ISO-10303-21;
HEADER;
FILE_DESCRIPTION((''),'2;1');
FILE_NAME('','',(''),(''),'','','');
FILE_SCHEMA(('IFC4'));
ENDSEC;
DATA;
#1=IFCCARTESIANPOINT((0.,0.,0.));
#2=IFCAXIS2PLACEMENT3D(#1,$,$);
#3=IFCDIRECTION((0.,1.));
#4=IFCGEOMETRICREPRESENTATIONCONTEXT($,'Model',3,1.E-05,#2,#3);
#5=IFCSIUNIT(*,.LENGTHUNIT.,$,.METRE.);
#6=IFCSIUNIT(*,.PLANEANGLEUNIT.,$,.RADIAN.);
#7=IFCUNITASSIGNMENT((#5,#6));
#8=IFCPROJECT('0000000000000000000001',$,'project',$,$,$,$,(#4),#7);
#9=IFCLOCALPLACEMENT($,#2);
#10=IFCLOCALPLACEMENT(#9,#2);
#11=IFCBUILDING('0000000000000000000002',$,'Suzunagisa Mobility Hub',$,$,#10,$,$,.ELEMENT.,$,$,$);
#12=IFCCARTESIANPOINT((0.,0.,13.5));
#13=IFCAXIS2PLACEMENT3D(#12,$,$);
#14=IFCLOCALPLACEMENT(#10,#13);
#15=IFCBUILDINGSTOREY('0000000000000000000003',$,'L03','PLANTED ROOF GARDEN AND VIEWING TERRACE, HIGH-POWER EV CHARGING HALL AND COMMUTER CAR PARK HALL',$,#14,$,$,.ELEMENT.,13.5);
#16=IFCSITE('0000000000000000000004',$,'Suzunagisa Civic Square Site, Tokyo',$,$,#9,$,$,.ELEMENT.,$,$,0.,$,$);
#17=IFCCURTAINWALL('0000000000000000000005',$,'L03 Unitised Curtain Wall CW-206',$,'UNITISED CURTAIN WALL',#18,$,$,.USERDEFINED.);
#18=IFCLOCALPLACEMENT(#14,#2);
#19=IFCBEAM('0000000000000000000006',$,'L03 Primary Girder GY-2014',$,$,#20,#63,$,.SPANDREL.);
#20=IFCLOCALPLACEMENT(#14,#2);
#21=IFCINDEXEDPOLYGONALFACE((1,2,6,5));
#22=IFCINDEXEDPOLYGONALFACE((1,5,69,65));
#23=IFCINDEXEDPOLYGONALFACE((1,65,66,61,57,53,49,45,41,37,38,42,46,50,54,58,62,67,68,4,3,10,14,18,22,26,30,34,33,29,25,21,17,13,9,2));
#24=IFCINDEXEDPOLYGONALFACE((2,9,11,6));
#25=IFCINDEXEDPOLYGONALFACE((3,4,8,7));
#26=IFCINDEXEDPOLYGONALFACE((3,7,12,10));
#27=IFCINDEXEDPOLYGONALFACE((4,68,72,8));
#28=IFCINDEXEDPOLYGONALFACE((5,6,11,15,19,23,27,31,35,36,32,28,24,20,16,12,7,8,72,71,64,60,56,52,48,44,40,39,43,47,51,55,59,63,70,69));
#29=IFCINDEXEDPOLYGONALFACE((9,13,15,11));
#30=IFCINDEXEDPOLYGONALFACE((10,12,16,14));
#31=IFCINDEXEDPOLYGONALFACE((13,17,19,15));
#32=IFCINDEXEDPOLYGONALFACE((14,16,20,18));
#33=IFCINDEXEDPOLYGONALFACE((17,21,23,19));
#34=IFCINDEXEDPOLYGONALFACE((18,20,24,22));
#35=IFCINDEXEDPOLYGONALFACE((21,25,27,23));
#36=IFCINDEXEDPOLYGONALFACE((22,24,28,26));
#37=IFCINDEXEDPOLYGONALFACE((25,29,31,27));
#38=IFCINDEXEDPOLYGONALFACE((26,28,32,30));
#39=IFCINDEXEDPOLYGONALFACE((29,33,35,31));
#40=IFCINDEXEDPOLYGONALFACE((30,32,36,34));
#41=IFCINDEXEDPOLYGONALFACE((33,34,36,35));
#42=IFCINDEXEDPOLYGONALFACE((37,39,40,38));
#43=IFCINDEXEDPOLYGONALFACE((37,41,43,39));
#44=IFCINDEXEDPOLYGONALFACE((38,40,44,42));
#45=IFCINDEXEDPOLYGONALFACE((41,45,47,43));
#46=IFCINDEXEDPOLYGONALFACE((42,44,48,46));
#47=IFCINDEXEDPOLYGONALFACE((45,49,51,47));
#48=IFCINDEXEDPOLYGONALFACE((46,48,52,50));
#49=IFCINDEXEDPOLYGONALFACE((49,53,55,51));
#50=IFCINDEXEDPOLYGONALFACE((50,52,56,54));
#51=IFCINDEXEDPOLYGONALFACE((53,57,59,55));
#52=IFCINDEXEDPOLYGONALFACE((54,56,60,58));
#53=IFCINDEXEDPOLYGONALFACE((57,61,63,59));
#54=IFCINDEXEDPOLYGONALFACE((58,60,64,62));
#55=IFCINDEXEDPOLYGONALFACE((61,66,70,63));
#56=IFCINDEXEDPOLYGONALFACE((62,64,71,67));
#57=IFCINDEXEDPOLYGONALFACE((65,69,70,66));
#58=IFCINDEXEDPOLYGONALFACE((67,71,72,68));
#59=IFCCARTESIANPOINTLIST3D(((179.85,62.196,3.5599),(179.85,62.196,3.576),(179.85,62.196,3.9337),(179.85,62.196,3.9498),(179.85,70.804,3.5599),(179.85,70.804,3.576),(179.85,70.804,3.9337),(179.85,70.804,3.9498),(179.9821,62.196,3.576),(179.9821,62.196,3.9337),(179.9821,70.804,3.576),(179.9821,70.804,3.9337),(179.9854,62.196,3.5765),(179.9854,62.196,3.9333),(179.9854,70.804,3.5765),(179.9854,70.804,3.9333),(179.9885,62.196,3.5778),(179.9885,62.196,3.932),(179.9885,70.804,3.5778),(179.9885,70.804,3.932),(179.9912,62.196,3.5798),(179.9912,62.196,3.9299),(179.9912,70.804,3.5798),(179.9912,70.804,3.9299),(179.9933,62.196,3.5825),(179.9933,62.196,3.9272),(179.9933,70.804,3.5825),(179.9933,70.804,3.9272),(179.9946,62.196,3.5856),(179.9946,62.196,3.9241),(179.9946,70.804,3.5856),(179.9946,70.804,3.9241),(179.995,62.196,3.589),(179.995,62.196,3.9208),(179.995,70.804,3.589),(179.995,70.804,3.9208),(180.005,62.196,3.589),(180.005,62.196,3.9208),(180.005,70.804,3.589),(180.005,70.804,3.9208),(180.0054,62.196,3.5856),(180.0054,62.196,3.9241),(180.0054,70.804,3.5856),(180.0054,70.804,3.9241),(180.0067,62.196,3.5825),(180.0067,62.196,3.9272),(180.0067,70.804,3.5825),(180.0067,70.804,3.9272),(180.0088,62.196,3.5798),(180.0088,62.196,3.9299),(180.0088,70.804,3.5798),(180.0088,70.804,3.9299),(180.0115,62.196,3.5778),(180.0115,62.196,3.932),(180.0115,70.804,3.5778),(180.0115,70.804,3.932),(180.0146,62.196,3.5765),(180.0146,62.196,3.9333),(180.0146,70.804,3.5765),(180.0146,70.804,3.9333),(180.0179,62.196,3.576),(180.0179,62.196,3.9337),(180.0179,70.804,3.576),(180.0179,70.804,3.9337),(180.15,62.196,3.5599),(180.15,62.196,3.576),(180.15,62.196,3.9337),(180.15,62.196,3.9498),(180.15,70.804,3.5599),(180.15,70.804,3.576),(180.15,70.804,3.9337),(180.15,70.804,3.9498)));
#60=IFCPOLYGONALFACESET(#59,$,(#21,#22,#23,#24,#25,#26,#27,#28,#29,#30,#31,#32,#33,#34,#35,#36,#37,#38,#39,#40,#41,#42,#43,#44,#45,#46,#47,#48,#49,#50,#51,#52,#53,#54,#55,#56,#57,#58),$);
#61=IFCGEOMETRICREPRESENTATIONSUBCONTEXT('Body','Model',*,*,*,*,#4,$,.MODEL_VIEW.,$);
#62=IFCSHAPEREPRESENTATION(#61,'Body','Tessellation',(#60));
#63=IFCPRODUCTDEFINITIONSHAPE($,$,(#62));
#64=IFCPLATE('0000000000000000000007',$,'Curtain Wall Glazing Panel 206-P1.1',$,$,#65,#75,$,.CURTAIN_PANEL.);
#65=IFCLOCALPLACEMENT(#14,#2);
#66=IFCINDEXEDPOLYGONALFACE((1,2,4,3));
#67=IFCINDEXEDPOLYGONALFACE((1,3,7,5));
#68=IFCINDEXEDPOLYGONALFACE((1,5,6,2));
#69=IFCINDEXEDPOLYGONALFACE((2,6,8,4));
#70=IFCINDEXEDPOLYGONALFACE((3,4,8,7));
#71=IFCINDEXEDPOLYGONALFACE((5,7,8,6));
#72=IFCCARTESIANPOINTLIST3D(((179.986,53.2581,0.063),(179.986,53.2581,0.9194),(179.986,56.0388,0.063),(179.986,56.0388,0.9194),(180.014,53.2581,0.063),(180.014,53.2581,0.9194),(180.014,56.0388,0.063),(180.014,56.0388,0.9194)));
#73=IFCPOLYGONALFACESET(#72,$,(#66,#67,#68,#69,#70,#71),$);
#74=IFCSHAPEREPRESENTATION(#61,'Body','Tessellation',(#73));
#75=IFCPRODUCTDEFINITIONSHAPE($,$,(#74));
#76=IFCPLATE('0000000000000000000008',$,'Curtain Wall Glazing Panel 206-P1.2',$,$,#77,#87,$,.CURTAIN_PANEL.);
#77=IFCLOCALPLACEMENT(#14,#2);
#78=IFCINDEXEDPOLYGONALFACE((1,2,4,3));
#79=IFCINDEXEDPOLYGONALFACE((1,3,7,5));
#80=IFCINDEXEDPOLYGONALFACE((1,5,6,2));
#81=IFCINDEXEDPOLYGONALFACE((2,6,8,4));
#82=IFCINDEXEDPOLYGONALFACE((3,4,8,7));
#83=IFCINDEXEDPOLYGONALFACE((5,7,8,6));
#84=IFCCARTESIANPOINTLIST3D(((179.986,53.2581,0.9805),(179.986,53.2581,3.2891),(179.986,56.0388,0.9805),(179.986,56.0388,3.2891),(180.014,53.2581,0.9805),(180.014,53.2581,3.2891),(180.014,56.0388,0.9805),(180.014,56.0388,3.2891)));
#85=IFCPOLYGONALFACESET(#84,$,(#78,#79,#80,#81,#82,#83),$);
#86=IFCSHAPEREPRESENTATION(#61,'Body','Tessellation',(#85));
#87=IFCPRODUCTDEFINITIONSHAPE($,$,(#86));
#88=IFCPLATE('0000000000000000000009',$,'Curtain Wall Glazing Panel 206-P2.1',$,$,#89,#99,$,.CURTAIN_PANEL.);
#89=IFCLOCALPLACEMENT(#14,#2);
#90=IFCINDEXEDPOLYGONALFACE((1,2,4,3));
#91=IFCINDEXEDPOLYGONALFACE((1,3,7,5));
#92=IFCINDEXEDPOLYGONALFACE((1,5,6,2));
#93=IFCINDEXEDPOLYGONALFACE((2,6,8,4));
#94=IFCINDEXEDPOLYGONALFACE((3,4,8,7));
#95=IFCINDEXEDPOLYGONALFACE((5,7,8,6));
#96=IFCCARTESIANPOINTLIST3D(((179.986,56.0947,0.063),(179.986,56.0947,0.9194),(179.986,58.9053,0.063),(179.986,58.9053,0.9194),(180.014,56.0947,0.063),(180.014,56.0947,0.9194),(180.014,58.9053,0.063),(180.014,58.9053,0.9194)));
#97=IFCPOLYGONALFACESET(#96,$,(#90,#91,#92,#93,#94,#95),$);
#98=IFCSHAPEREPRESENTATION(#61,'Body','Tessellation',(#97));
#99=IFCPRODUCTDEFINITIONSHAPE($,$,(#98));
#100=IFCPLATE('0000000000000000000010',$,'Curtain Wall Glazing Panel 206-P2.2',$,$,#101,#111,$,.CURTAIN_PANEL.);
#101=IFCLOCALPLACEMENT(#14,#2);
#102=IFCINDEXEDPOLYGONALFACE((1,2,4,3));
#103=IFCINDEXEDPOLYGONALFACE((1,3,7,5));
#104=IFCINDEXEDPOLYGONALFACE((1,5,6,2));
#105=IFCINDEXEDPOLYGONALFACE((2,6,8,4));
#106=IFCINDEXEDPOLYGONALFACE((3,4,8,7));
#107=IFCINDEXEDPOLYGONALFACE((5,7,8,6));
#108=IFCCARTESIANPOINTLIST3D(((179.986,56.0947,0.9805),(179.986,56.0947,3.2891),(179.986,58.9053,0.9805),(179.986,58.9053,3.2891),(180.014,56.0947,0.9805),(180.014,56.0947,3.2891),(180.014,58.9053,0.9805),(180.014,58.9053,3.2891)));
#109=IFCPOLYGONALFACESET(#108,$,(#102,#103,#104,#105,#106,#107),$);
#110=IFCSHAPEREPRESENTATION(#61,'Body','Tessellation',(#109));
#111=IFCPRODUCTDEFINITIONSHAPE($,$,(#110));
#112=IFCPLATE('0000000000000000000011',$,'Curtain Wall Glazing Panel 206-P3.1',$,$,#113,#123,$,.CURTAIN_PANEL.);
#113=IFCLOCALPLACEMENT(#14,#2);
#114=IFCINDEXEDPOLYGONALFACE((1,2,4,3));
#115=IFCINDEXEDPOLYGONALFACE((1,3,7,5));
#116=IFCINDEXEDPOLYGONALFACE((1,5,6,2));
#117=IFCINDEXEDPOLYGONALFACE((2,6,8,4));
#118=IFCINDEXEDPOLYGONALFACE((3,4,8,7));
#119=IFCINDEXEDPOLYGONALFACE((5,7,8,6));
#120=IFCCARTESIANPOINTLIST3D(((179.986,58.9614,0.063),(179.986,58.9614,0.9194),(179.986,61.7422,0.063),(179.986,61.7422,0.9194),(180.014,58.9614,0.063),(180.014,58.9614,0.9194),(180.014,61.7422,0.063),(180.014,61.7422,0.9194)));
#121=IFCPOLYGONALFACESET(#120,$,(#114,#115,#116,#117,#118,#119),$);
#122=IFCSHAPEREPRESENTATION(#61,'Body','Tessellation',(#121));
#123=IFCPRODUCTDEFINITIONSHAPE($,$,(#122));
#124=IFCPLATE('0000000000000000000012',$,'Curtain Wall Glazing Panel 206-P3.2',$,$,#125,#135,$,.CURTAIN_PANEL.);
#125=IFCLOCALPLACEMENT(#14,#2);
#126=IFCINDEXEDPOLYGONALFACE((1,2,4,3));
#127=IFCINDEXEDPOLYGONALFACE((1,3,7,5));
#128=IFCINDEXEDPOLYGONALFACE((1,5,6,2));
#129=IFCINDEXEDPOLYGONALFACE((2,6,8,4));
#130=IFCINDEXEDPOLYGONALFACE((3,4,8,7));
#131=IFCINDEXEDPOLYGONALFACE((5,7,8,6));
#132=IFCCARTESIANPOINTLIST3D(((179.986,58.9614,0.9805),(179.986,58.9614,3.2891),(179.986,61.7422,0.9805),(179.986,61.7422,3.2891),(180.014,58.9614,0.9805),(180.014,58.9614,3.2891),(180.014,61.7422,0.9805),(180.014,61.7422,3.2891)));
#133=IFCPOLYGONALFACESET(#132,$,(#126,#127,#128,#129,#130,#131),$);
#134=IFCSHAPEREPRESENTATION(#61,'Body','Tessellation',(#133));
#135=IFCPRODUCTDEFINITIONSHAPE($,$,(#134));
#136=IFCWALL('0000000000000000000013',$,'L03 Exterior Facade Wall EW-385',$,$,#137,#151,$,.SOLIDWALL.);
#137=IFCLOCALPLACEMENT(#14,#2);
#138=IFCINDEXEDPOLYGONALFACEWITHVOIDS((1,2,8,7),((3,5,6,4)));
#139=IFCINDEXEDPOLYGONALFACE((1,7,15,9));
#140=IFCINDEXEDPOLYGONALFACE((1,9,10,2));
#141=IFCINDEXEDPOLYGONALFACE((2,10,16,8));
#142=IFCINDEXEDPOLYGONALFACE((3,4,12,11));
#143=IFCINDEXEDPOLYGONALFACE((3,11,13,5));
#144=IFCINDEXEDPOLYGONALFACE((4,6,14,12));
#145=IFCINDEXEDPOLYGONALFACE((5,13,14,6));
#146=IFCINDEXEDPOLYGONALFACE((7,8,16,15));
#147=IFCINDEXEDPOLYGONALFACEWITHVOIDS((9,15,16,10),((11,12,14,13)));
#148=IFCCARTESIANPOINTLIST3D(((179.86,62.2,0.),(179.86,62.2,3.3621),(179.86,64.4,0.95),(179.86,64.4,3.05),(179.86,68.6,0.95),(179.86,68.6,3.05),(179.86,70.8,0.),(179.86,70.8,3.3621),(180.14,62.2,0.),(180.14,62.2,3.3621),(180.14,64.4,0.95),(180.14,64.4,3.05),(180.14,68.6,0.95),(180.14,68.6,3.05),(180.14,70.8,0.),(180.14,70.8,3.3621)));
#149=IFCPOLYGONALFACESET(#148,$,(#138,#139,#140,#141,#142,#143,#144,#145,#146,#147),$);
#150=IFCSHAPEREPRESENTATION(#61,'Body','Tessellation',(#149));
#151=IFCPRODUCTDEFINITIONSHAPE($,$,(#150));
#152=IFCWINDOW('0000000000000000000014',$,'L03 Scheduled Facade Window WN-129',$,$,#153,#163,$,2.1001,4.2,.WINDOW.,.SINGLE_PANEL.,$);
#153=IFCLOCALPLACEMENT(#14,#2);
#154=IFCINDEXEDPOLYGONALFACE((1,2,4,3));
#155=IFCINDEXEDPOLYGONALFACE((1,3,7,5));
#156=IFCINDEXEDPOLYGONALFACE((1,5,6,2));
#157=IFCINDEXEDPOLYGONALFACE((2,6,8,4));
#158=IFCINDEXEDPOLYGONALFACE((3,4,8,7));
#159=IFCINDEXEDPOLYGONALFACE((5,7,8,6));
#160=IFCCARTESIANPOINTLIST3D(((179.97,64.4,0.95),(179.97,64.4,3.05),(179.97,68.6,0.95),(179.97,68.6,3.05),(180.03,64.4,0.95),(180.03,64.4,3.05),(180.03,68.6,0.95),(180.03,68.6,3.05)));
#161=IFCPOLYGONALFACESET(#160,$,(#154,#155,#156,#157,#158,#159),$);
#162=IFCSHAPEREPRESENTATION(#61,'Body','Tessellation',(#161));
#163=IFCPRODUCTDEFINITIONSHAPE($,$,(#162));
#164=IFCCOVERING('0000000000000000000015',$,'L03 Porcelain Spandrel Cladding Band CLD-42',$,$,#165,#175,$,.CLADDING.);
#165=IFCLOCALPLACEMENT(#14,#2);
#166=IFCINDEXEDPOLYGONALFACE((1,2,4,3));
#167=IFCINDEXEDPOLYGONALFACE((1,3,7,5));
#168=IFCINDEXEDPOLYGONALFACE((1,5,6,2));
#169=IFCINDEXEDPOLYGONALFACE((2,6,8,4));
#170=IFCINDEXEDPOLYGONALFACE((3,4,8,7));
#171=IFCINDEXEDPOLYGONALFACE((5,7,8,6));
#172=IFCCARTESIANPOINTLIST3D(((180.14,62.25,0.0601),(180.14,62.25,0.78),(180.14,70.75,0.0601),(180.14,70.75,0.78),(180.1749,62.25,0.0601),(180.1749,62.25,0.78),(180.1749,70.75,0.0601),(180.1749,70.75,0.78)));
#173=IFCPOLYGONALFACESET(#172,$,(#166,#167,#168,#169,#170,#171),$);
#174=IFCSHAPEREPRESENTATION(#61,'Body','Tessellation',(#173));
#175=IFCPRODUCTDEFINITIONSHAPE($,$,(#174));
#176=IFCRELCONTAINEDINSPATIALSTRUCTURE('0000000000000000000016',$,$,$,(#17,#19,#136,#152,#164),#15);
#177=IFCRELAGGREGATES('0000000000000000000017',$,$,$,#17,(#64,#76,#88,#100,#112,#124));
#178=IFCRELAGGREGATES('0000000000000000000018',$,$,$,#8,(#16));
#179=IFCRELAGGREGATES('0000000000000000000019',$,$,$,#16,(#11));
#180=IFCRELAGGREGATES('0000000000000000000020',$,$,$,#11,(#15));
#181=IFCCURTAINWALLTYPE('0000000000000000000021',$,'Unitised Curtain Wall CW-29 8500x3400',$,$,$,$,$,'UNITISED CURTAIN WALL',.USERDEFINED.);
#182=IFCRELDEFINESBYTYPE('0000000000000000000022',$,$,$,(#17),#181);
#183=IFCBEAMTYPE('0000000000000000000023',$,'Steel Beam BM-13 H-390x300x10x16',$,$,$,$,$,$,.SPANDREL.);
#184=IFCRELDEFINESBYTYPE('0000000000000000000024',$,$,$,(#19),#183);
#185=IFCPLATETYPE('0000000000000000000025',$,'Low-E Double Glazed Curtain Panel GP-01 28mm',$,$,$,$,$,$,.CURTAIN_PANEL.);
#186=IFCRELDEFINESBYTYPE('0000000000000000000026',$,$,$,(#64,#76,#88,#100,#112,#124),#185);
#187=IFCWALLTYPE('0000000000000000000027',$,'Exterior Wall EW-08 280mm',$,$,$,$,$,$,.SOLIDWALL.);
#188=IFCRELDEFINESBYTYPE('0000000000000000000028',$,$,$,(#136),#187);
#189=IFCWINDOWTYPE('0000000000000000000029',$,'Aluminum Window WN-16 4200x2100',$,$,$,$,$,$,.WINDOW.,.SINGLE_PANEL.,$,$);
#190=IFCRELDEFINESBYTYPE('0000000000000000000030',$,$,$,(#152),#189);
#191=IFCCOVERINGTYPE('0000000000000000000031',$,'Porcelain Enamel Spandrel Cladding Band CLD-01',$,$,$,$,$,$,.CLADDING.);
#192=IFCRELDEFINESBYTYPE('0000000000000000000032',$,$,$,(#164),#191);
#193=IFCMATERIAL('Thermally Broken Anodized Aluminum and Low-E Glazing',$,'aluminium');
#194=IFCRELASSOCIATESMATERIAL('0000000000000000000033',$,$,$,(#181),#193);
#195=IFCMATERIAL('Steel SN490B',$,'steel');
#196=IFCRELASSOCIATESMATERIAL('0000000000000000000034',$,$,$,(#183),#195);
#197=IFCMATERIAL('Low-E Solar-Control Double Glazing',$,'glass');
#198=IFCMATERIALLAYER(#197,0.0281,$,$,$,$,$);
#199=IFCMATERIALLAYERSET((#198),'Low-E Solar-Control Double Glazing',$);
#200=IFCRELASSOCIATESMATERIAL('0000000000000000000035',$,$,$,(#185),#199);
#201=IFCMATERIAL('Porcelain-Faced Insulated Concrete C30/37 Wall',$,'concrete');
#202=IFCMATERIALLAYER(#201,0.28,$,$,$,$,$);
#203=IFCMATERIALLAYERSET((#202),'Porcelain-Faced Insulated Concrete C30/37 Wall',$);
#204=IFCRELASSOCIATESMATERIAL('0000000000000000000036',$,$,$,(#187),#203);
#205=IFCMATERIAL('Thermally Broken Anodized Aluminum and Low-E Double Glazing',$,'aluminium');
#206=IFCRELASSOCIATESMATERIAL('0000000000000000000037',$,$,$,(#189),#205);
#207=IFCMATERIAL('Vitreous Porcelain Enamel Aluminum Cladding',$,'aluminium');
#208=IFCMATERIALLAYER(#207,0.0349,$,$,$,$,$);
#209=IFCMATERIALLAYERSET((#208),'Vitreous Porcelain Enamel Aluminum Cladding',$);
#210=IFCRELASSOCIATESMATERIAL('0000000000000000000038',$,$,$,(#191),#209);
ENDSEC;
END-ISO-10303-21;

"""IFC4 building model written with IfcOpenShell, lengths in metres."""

from ifc_helpers import new_model, si_unit, direction, frame, frame_2d, origin, origin_2d, place, context, subcontext, project, spatial, rectangle, i_section, extrude, material, layer, layer_set, material_profile, profile_set, type_object, element, fill, aggregate, save


model = new_model("IFC4")

# Units and contexts
model_context = context("Model", 3, precision=1e-05, world=origin(), true_north=direction((0.0, 1.0)))
body_context = subcontext(model_context, "Body", "Model", "MODEL_VIEW")
ifc_project = project(units=[si_unit("LENGTHUNIT", "METRE"), si_unit("PLANEANGLEUNIT", "RADIAN")], contexts=[model_context])

# Site, building, storey
site_placement = place(None, origin())
site = spatial("IfcSite", under=ifc_project, at=site_placement, Name="Suzunagisa Civic Square Site, Tokyo", CompositionType="ELEMENT", RefElevation=0.0)
building_placement = place(site_placement, origin())
building = spatial("IfcBuilding", under=site, at=building_placement, Name="Suzunagisa Mobility Hub", CompositionType="ELEMENT")
storey_placement = place(building_placement, frame((0.0, 0.0, 13.5)))
storey = spatial("IfcBuildingStorey", under=building, at=storey_placement, Name="L03", Description="PLANTED ROOF GARDEN AND VIEWING TERRACE, HIGH-POWER EV CHARGING HALL AND COMMUTER CAR PARK HALL", CompositionType="ELEMENT", Elevation=13.5)

# Shared definitions
ifc_material_1 = material(Name="Steel SN490B", Category="steel")

# Curtain wall
ifc_material_2 = material(Name="Thermally Broken Anodized Aluminum and Low-E Glazing", Category="aluminium")
curtain_wall_type = type_object("IfcCurtainWallType", Name="Unitised Curtain Wall CW-29 8500x3400", ElementType="UNITISED CURTAIN WALL", PredefinedType="USERDEFINED", material=ifc_material_2)
curtain_wall_placement = place(storey_placement, origin())
curtain_wall = element("IfcCurtainWall", 1, at=curtain_wall_placement, inside=storey, type_object=curtain_wall_type, Name="L03 Unitised Curtain Wall CW-206", ObjectType="UNITISED CURTAIN WALL", PredefinedType="USERDEFINED")

# Beam
ifc_material_profile_1 = material_profile(ifc_material_1, i_section(OverallWidth=0.3, OverallDepth=0.3899, WebThickness=0.01, FlangeThickness=0.0161, FilletRadius=0.0129, at=origin_2d()), Name="H-390x300x10x16")
ifc_profile_set_1 = profile_set([ifc_material_profile_1], Name="Steel SN490B")
beam_type = type_object("IfcBeamType", Name="Steel Beam BM-13 H-390x300x10x16", PredefinedType="SPANDREL", material=ifc_profile_set_1)
beam_placement = place(storey_placement, frame((180.0, 62.196, 3.7549), z_axis=(0.0, 1.0, 0.0), x_axis=(-1.0, 0.0, 0.0)))
element("IfcBeam", 2, at=beam_placement, inside=storey, type_object=beam_type, Name="L03 Primary Girder GY-2014", PredefinedType="SPANDREL", context=body_context, shape_type="SweptSolid", body=[
    extrude(i_section(OverallWidth=0.3, OverallDepth=0.3899, WebThickness=0.01, FlangeThickness=0.0161, FilletRadius=0.0129, at=origin_2d()), origin(), (0.0, 0.0, 1.0), 8.6079),
])

# Plates
ifc_material_3 = material(Name="Low-E Solar-Control Double Glazing", Category="glass")
ifc_layer_1 = layer(ifc_material_3, 0.0281)
ifc_layer_set_1 = layer_set([ifc_layer_1], Name="Low-E Solar-Control Double Glazing")
plate_type = type_object("IfcPlateType", Name="Low-E Double Glazed Curtain Panel GP-01 28mm", PredefinedType="CURTAIN_PANEL", material=ifc_layer_set_1)
plate_1_placement = place(storey_placement, frame((180.0, 54.6484, 0.063), z_axis=(0.0, 0.0, 1.0), x_axis=(0.0, 1.0, 0.0)))
plate_1 = element("IfcPlate", 3, at=plate_1_placement, type_object=plate_type, Name="Curtain Wall Glazing Panel 206-P1.1", PredefinedType="CURTAIN_PANEL", context=body_context, shape_type="SweptSolid", body=[
    extrude(rectangle(XDim=2.7808, YDim=0.0281, at=origin_2d()), origin(), (0.0, 0.0, 1.0), 0.8564),
])
plate_2_placement = place(storey_placement, frame((180.0, 54.6484, 0.9805), z_axis=(0.0, 0.0, 1.0), x_axis=(0.0, 1.0, 0.0)))
plate_2 = element("IfcPlate", 4, at=plate_2_placement, type_object=plate_type, Name="Curtain Wall Glazing Panel 206-P1.2", PredefinedType="CURTAIN_PANEL", context=body_context, shape_type="SweptSolid", body=[
    extrude(rectangle(XDim=2.7808, YDim=0.0281, at=origin_2d()), origin(), (0.0, 0.0, 1.0), 2.3086),
])
plate_3_placement = place(storey_placement, frame((180.0, 57.5, 0.063), z_axis=(0.0, 0.0, 1.0), x_axis=(0.0, 1.0, 0.0)))
plate_3 = element("IfcPlate", 5, at=plate_3_placement, type_object=plate_type, Name="Curtain Wall Glazing Panel 206-P2.1", PredefinedType="CURTAIN_PANEL", context=body_context, shape_type="SweptSolid", body=[
    extrude(rectangle(XDim=2.8105, YDim=0.0281, at=origin_2d()), origin(), (0.0, 0.0, 1.0), 0.8564),
])
plate_4_placement = place(storey_placement, frame((180.0, 57.5, 0.9805), z_axis=(0.0, 0.0, 1.0), x_axis=(0.0, 1.0, 0.0)))
plate_4 = element("IfcPlate", 6, at=plate_4_placement, type_object=plate_type, Name="Curtain Wall Glazing Panel 206-P2.2", PredefinedType="CURTAIN_PANEL", context=body_context, shape_type="SweptSolid", body=[
    extrude(rectangle(XDim=2.8105, YDim=0.0281, at=origin_2d()), origin(), (0.0, 0.0, 1.0), 2.3086),
])
plate_5_placement = place(storey_placement, frame((180.0, 60.3518, 0.063), z_axis=(0.0, 0.0, 1.0), x_axis=(0.0, 1.0, 0.0)))
plate_5 = element("IfcPlate", 7, at=plate_5_placement, type_object=plate_type, Name="Curtain Wall Glazing Panel 206-P3.1", PredefinedType="CURTAIN_PANEL", context=body_context, shape_type="SweptSolid", body=[
    extrude(rectangle(XDim=2.7808, YDim=0.0281, at=origin_2d()), origin(), (0.0, 0.0, 1.0), 0.8564),
])
plate_6_placement = place(storey_placement, frame((180.0, 60.3518, 0.9805), z_axis=(0.0, 0.0, 1.0), x_axis=(0.0, 1.0, 0.0)))
plate_6 = element("IfcPlate", 8, at=plate_6_placement, type_object=plate_type, Name="Curtain Wall Glazing Panel 206-P3.2", PredefinedType="CURTAIN_PANEL", context=body_context, shape_type="SweptSolid", body=[
    extrude(rectangle(XDim=2.7808, YDim=0.0281, at=origin_2d()), origin(), (0.0, 0.0, 1.0), 2.3086),
])
aggregate(curtain_wall, [plate_1, plate_2, plate_3, plate_4, plate_5, plate_6])

# Wall, opening, window
ifc_material_4 = material(Name="Porcelain-Faced Insulated Concrete C30/37 Wall", Category="concrete")
ifc_layer_2 = layer(ifc_material_4, 0.28)
ifc_layer_set_2 = layer_set([ifc_layer_2], Name="Porcelain-Faced Insulated Concrete C30/37 Wall")
wall_type = type_object("IfcWallType", Name="Exterior Wall EW-08 280mm", PredefinedType="SOLIDWALL", material=ifc_layer_set_2)
wall_placement = place(storey_placement, frame((180.0, 62.2, 0.0), z_axis=(0.0, 0.0, 1.0), x_axis=(0.0, 1.0, 0.0)))
wall = element("IfcWall", 9, at=wall_placement, inside=storey, type_object=wall_type, Name="L03 Exterior Facade Wall EW-385", PredefinedType="SOLIDWALL", context=body_context, shape_type="SweptSolid", body=[
    extrude(rectangle(XDim=8.6001, YDim=0.28, at=frame_2d((4.3, 0.0))), origin(), (0.0, 0.0, 1.0), 3.3621),
])
opening_placement = place(wall_placement, frame((2.2, 0.0, 0.95)))
opening = element("IfcOpeningElement", 10, at=opening_placement, cuts=wall, PredefinedType="OPENING", context=body_context, shape_type="SweptSolid", body=[
    extrude(rectangle(XDim=4.2, YDim=2.1001, at=frame_2d((2.1001, 1.05))), frame((0.0, 0.1509, 0.0), z_axis=(0.0, -1.0, 0.0), x_axis=(1.0, 0.0, 0.0)), (0.0, 0.0, 1.0), 0.302),
])
ifc_material_5 = material(Name="Thermally Broken Anodized Aluminum and Low-E Double Glazing", Category="aluminium")
window_type = type_object("IfcWindowType", Name="Aluminum Window WN-16 4200x2100", PartitioningType="SINGLE_PANEL", PredefinedType="WINDOW", material=ifc_material_5)
window_placement = place(opening_placement, origin())
window = element("IfcWindow", 11, at=window_placement, inside=storey, type_object=window_type, Name="L03 Scheduled Facade Window WN-129", OverallHeight=2.1001, OverallWidth=4.2, PartitioningType="SINGLE_PANEL", PredefinedType="WINDOW", context=body_context, shape_type="SweptSolid", body=[
    extrude(rectangle(XDim=4.2, YDim=2.1001, at=frame_2d((2.1001, 1.05))), frame((0.0, 0.03, 0.0), z_axis=(0.0, -1.0, 0.0), x_axis=(1.0, 0.0, 0.0)), (0.0, 0.0, 1.0), 0.0601),
])
fill(opening, window)

# Covering
ifc_material_6 = material(Name="Vitreous Porcelain Enamel Aluminum Cladding", Category="aluminium")
ifc_layer_3 = layer(ifc_material_6, 0.0349)
ifc_layer_set_3 = layer_set([ifc_layer_3], Name="Vitreous Porcelain Enamel Aluminum Cladding")
covering_type = type_object("IfcCoveringType", Name="Porcelain Enamel Spandrel Cladding Band CLD-01", PredefinedType="CLADDING", material=ifc_layer_set_3)
covering_placement = place(storey_placement, frame((180.1575, 66.5, 0.0601), z_axis=(0.0, 0.0, 1.0), x_axis=(0.0, 1.0, 0.0)))
element("IfcCovering", 12, at=covering_placement, inside=storey, type_object=covering_type, Name="L03 Porcelain Spandrel Cladding Band CLD-42", PredefinedType="CLADDING", context=body_context, shape_type="SweptSolid", body=[
    extrude(rectangle(XDim=8.5, YDim=0.0349, at=origin_2d()), origin(), (0.0, 0.0, 1.0), 0.72),
])

save(model, "model.ifc")
